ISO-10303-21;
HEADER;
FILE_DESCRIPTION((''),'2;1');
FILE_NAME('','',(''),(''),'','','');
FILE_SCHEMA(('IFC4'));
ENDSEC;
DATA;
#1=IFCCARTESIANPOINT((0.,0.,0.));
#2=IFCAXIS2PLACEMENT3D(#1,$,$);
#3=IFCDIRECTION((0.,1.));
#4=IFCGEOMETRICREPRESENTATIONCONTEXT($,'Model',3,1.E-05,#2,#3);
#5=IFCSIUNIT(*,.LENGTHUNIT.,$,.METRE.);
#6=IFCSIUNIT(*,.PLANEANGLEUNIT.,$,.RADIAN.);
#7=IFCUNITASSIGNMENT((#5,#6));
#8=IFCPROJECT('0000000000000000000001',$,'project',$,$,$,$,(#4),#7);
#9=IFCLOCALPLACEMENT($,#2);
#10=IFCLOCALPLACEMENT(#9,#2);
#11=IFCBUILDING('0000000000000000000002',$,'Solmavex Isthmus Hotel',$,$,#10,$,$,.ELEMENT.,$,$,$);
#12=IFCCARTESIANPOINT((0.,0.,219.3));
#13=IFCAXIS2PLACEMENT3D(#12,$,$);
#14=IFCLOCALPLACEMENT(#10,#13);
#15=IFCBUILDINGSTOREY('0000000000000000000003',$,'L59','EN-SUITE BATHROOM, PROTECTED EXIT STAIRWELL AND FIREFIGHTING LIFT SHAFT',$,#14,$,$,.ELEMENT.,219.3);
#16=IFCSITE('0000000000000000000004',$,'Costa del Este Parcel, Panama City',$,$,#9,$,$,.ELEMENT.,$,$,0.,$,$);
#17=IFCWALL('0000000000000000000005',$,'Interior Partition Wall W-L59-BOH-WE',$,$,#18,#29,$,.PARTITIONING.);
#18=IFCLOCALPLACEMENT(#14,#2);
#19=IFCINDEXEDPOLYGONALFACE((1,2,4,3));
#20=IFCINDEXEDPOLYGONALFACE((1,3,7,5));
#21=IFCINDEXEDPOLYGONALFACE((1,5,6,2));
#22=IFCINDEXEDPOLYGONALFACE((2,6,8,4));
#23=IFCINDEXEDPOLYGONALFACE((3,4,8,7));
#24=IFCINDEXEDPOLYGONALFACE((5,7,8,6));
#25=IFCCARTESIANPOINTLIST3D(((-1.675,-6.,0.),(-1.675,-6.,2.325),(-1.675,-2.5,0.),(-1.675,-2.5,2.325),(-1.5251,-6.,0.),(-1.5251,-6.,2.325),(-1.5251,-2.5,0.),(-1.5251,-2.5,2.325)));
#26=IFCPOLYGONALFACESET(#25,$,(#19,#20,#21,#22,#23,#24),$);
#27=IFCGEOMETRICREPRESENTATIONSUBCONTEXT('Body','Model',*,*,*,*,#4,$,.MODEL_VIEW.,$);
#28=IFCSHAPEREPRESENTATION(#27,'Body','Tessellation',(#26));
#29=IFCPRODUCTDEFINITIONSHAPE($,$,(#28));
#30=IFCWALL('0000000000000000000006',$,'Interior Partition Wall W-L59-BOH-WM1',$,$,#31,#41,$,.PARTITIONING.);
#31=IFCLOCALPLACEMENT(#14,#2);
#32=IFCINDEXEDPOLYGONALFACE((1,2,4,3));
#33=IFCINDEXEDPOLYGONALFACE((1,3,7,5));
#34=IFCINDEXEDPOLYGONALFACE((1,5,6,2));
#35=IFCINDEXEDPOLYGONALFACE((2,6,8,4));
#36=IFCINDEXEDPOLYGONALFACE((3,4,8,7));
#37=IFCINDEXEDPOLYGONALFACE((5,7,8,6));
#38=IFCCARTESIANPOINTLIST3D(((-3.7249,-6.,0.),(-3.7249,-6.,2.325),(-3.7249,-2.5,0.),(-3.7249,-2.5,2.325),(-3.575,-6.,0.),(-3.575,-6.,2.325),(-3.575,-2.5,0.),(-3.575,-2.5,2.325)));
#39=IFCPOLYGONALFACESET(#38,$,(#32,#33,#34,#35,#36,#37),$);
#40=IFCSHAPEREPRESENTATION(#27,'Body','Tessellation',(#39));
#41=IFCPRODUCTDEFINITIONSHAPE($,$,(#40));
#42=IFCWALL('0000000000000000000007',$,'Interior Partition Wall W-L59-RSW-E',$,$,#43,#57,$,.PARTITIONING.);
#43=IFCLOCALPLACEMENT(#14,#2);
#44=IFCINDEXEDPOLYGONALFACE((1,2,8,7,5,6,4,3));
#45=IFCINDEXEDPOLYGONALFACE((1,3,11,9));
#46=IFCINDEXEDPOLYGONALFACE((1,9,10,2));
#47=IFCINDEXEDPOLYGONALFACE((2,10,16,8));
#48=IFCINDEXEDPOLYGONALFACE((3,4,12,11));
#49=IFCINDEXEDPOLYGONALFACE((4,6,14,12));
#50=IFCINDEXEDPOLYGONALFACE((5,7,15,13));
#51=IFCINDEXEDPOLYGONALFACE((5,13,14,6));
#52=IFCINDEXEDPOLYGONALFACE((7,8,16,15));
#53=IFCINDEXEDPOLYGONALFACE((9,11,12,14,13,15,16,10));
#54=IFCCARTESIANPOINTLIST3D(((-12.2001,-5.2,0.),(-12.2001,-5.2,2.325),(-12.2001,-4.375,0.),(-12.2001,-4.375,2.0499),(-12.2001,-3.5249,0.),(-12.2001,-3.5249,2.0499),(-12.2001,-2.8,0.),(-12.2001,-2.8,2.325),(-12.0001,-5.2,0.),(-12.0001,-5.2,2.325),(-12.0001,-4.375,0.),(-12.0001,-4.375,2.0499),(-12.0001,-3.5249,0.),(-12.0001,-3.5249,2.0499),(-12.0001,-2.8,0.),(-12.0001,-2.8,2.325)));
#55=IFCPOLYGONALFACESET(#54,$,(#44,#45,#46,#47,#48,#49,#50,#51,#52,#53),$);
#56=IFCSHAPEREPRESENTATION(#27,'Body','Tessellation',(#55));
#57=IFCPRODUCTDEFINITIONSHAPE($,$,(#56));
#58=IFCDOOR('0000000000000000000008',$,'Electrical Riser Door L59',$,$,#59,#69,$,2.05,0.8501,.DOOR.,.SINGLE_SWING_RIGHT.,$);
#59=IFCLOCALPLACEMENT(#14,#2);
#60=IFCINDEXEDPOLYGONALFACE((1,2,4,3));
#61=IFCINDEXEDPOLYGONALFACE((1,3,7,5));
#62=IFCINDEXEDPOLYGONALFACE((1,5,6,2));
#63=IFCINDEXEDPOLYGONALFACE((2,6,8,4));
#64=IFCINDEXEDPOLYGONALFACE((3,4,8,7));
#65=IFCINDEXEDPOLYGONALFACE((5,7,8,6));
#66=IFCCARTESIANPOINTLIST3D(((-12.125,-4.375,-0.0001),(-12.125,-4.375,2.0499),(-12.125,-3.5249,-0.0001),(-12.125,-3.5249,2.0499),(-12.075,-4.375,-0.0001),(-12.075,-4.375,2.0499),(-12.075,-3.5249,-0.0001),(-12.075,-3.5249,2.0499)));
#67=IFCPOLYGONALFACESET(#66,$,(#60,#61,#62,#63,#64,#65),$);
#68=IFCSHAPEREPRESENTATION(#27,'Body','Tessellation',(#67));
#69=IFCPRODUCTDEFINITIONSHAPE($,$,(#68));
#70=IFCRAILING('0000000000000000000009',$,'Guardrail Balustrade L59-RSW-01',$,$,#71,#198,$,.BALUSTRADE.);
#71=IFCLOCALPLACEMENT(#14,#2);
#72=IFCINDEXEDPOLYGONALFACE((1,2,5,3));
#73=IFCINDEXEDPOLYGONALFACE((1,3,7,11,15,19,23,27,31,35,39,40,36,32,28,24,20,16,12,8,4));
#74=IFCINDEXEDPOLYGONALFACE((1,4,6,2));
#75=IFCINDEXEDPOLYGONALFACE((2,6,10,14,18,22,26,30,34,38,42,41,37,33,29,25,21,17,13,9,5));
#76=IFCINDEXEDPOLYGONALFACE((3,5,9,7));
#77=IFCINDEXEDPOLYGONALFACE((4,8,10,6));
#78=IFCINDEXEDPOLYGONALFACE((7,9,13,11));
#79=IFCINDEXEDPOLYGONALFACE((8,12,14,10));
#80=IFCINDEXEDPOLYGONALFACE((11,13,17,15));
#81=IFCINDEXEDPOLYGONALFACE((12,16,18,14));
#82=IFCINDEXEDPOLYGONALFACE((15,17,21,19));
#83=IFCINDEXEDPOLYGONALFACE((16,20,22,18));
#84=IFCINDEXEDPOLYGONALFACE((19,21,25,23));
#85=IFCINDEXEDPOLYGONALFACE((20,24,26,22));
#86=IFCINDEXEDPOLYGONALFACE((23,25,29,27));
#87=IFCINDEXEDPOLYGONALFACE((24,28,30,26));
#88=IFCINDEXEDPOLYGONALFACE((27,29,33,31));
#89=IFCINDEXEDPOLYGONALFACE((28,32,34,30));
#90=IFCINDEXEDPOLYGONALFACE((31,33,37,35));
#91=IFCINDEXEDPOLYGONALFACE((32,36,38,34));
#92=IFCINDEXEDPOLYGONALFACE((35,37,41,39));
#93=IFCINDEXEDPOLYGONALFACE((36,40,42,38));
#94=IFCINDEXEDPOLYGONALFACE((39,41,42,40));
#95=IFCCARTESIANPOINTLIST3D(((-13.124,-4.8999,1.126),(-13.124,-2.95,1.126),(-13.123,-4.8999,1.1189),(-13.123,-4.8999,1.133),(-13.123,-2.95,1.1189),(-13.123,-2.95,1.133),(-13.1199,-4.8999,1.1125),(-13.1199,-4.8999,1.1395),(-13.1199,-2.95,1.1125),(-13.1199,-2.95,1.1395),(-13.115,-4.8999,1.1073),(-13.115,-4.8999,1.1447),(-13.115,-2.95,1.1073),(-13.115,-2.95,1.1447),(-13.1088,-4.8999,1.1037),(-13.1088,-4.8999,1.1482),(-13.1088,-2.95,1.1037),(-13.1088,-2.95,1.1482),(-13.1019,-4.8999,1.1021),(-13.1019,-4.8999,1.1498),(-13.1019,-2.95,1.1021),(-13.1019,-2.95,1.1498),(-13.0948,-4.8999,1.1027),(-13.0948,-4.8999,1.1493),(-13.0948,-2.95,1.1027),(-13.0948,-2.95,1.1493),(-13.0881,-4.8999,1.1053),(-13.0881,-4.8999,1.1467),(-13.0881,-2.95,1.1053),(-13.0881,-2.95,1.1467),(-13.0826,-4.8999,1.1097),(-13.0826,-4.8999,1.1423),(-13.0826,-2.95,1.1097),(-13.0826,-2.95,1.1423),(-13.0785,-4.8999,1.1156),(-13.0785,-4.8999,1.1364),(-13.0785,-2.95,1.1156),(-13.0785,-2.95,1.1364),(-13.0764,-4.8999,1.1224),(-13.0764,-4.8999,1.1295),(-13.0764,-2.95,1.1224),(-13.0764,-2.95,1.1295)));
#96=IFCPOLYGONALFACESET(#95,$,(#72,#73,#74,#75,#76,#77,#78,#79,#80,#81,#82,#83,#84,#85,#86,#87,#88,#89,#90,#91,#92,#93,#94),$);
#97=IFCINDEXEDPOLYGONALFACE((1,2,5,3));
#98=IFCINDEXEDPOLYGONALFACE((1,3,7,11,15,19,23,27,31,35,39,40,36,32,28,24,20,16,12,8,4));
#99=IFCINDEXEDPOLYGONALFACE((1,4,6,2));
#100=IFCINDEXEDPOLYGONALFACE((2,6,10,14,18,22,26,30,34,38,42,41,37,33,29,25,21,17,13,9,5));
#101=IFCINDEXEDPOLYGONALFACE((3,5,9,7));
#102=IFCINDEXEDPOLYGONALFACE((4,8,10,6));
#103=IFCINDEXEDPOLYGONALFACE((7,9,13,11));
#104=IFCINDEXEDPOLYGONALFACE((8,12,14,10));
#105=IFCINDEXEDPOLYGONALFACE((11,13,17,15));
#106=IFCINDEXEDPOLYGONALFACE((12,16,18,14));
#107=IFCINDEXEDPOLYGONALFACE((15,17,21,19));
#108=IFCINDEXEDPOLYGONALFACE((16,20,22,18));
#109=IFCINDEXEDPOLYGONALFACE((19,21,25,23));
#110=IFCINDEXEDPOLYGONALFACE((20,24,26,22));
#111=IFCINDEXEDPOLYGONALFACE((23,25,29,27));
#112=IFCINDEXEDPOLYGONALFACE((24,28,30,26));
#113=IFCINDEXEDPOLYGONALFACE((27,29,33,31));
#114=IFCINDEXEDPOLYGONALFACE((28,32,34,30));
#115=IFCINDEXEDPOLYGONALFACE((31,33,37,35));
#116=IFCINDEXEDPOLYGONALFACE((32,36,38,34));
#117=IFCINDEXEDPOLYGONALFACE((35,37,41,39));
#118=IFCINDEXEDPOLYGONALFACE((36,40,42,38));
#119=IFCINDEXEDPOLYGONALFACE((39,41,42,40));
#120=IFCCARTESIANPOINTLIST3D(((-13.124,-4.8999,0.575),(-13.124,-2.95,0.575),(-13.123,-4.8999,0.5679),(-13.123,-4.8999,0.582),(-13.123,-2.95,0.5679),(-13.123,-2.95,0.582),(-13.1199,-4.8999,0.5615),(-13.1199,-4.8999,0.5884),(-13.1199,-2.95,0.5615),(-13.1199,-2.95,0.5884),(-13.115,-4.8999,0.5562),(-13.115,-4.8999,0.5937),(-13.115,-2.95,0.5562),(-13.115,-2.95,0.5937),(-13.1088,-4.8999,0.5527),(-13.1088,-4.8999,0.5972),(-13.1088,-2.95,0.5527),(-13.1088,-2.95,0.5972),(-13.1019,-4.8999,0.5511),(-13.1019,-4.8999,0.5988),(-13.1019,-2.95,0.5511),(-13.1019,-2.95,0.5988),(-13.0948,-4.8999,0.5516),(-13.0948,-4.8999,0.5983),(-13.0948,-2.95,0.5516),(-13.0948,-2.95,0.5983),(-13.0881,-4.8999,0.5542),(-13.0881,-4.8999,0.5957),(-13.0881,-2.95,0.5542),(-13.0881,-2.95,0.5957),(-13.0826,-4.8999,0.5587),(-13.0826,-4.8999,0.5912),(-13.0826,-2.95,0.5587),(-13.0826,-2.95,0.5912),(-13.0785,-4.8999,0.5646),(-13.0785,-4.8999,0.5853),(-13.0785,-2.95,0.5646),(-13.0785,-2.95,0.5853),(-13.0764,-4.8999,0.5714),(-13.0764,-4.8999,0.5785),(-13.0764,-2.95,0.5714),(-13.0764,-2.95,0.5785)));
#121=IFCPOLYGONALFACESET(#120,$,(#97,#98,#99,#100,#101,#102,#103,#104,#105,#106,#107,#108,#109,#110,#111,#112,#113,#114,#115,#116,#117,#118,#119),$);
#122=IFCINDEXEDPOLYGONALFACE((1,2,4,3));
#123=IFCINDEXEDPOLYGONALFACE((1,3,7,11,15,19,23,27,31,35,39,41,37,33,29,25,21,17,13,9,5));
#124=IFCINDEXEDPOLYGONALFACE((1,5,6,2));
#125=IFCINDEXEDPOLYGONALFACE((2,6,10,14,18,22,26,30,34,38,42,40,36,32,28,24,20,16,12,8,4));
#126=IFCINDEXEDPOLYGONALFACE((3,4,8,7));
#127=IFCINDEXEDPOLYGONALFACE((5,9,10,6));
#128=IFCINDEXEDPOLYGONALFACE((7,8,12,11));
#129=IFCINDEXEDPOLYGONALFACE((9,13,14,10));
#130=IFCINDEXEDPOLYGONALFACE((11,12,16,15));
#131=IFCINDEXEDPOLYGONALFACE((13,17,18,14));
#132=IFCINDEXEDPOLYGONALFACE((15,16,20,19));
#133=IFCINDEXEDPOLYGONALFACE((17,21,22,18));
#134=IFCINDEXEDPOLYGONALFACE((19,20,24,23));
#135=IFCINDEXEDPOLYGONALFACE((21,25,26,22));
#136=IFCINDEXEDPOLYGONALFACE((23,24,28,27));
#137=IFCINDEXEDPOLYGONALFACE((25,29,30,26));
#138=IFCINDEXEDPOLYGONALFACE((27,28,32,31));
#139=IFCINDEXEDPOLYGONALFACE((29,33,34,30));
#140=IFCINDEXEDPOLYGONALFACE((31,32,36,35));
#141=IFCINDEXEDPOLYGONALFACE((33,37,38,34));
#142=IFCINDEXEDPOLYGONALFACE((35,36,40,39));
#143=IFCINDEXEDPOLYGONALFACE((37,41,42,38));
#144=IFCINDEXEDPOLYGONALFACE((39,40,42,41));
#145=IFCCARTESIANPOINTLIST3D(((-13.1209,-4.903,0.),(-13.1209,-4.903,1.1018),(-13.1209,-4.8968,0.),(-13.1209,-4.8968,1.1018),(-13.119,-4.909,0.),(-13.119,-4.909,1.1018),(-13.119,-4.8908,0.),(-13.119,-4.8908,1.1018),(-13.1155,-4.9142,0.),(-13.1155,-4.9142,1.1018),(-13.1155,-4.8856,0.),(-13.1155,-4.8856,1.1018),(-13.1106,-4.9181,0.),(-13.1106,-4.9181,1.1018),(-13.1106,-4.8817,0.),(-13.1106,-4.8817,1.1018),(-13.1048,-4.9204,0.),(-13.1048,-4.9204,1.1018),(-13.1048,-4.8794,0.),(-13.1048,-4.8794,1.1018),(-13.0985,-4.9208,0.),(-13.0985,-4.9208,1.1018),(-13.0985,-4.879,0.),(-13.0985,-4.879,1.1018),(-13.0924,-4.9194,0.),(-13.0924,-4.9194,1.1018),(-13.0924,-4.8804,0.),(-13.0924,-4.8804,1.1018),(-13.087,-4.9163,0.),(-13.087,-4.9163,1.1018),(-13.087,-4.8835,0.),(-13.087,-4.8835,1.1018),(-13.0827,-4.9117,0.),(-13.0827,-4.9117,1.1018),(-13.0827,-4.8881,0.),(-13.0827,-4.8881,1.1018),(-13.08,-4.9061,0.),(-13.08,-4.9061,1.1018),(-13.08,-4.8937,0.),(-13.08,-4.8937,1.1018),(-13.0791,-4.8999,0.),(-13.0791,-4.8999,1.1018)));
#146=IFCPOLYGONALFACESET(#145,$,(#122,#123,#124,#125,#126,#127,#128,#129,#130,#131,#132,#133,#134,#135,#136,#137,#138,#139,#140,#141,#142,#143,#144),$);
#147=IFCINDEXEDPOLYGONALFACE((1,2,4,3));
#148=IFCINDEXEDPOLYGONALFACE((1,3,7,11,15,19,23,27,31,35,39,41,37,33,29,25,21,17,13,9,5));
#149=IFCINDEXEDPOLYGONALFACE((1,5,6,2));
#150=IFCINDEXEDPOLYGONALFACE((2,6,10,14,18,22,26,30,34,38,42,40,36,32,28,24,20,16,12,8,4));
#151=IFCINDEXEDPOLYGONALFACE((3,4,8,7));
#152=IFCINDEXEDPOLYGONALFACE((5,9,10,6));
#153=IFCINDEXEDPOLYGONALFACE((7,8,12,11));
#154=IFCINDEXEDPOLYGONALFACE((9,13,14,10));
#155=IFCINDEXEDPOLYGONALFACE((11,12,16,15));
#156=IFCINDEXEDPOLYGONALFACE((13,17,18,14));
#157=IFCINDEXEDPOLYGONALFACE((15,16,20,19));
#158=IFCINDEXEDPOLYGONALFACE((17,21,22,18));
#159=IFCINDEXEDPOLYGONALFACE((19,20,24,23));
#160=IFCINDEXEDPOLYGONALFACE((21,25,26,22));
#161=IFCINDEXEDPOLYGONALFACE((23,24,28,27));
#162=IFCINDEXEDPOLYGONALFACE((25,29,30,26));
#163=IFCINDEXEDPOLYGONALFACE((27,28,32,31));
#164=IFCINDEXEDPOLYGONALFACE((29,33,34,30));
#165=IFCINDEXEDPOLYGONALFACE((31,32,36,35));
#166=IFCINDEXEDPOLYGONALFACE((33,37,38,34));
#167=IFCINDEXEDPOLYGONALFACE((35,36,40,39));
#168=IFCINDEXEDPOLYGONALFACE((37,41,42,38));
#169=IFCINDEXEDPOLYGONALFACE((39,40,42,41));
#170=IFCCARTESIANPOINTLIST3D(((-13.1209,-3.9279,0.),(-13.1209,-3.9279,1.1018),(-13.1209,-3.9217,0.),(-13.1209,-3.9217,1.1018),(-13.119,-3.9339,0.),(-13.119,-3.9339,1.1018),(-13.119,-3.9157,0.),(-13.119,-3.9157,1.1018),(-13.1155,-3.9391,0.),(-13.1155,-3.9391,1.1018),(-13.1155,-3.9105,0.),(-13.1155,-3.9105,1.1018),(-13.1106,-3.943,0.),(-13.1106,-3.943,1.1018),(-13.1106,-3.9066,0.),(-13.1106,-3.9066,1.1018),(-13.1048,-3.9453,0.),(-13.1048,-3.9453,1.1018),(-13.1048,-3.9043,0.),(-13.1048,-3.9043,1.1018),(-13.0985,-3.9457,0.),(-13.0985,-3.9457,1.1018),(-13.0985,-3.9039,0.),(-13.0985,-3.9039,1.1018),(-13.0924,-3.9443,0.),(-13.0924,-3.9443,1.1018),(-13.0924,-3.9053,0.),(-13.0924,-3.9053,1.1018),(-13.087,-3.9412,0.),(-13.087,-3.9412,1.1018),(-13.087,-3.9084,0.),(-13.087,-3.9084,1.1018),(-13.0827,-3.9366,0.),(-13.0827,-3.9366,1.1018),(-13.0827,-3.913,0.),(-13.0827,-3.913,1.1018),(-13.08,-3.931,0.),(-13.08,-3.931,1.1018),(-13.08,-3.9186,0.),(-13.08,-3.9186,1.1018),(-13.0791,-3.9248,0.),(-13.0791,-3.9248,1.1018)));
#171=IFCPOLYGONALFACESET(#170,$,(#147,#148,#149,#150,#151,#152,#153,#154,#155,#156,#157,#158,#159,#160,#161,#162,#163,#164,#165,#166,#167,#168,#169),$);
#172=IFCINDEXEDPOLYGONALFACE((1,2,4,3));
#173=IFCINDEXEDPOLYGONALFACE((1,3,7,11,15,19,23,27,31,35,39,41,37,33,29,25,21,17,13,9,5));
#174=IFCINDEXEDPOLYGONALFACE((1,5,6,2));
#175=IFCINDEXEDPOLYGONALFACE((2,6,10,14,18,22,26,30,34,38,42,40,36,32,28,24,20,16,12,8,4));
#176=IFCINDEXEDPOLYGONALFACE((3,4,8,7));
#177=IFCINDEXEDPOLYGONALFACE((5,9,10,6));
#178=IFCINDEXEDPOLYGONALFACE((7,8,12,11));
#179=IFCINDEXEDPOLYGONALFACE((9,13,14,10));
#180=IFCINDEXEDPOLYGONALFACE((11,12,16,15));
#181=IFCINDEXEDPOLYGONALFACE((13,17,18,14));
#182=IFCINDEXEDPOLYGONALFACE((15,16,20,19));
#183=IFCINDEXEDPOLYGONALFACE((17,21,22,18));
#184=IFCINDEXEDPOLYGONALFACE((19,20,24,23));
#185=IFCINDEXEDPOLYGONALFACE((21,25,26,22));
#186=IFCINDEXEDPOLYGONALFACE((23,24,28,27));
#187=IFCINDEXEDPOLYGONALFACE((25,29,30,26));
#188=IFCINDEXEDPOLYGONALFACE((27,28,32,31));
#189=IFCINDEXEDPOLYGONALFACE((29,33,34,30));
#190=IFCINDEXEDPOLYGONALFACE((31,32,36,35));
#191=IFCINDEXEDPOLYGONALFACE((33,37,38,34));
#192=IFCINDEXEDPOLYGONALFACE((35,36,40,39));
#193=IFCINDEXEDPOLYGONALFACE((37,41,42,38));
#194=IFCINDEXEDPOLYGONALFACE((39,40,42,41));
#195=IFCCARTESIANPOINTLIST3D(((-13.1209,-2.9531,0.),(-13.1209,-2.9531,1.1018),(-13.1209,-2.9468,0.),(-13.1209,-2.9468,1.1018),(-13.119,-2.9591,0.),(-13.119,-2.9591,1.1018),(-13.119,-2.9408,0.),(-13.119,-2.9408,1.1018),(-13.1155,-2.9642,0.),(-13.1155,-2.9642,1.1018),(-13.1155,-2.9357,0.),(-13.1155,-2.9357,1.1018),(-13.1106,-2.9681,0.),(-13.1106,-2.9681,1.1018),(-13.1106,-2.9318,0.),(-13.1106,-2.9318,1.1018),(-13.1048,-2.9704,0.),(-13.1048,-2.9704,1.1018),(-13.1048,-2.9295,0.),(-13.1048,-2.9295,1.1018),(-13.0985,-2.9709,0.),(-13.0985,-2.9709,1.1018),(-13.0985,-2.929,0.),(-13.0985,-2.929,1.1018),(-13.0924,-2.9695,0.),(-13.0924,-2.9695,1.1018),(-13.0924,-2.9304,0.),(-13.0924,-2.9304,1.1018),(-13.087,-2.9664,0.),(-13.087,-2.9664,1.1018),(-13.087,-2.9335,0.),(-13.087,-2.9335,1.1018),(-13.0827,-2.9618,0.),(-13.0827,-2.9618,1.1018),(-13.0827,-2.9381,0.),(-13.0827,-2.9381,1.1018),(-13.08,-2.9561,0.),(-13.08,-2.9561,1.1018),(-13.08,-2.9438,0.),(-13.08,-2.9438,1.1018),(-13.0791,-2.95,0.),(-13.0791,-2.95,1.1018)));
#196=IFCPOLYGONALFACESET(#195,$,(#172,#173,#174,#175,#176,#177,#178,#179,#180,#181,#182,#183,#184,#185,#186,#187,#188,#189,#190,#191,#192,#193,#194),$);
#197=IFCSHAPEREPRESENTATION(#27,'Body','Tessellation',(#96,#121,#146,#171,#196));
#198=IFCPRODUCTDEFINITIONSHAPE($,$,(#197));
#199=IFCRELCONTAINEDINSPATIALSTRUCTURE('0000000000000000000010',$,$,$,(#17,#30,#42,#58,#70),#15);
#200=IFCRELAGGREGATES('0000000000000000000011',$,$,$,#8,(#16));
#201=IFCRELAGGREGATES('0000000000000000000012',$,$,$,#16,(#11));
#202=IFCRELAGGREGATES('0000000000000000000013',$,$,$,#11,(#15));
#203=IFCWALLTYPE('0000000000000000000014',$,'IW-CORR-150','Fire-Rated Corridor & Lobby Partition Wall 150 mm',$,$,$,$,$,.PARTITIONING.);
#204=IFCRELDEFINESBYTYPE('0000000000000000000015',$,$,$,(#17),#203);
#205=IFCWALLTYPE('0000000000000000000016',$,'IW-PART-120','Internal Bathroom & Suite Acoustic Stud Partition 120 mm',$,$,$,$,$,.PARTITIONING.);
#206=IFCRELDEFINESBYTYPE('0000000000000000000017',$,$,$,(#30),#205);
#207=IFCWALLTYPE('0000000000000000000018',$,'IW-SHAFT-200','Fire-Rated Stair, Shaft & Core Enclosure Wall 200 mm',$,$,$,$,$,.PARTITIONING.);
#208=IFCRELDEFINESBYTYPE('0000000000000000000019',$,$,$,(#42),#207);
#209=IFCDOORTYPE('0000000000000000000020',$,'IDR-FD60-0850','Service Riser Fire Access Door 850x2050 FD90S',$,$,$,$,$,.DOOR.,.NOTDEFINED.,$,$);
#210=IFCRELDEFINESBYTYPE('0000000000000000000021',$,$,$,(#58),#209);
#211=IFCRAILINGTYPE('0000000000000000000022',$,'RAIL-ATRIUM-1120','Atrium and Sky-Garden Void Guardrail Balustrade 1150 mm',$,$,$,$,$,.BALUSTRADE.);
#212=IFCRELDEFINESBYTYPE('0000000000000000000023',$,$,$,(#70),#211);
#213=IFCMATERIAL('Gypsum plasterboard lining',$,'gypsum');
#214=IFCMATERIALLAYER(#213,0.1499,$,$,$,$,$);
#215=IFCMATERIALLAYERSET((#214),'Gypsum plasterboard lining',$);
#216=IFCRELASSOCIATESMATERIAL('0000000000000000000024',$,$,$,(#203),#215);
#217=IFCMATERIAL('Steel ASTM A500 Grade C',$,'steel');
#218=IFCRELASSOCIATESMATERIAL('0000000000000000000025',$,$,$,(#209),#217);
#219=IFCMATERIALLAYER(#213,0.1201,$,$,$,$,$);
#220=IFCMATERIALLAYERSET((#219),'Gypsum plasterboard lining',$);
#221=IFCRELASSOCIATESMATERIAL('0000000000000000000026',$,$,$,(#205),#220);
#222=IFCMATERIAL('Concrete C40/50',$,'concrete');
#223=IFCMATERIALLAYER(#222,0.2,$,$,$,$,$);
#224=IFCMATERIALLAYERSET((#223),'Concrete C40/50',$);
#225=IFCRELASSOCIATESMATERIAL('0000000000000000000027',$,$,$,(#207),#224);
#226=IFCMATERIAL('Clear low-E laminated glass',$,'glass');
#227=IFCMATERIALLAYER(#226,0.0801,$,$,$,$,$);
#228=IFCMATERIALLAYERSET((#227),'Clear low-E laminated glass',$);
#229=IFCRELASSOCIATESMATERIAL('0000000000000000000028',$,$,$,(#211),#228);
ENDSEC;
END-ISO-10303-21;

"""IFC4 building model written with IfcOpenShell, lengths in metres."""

from ifc_helpers import new_model, si_unit, direction, frame, frame_2d, origin, origin_2d, place, context, subcontext, project, spatial, rectangle, circle, extrude, material, layer, layer_set, type_object, element, fill, save


model = new_model("IFC4")

# Units and contexts
model_context = context("Model", 3, precision=1e-05, world=origin(), true_north=direction((0.0, 1.0)))
body_context = subcontext(model_context, "Body", "Model", "MODEL_VIEW")
ifc_project = project(units=[si_unit("LENGTHUNIT", "METRE"), si_unit("PLANEANGLEUNIT", "RADIAN")], contexts=[model_context])

# Site, building, storey
site_placement = place(None, origin())
site = spatial("IfcSite", under=ifc_project, at=site_placement, Name="Costa del Este Parcel, Panama City", CompositionType="ELEMENT", RefElevation=0.0)
building_placement = place(site_placement, origin())
building = spatial("IfcBuilding", under=site, at=building_placement, Name="Solmavex Isthmus Hotel", CompositionType="ELEMENT")
storey_placement = place(building_placement, frame((0.0, 0.0, 219.3)))
storey = spatial("IfcBuildingStorey", under=building, at=storey_placement, Name="L59", Description="EN-SUITE BATHROOM, PROTECTED EXIT STAIRWELL AND FIREFIGHTING LIFT SHAFT", CompositionType="ELEMENT", Elevation=219.3)

# Shared definitions
ifc_material_1 = material(Name="Concrete C40/50", Category="concrete")

# Shared definitions
ifc_material_2 = material(Name="Gypsum plasterboard lining", Category="gypsum")

# Shared definitions
ifc_layer_1 = layer(ifc_material_2, 0.1499)
ifc_layer_set_1 = layer_set([ifc_layer_1], Name="Gypsum plasterboard lining")
wall_type_1 = type_object("IfcWallType", Name="IW-CORR-150", Description="Fire-Rated Corridor & Lobby Partition Wall 150 mm", PredefinedType="PARTITIONING", material=ifc_layer_set_1)
ifc_material_3 = material(Name="Steel ASTM A500 Grade C", Category="steel")
door_type_1 = type_object("IfcDoorType", Name="IDR-FD60-0850", Description="Service Riser Fire Access Door 850x2050 FD90S", OperationType="NOTDEFINED", PredefinedType="DOOR", material=ifc_material_3)

# Walls
wall_1_placement = place(storey_placement, frame((-1.6001, -6.0, 0.0), z_axis=(0.0, 0.0, 1.0), x_axis=(0.0, 1.0, 0.0)))
element("IfcWall", 1, at=wall_1_placement, inside=storey, type_object=wall_type_1, Name="Interior Partition Wall W-L59-BOH-WE", PredefinedType="PARTITIONING", context=body_context, shape_type="SweptSolid", body=[
    extrude(rectangle(XDim=3.5, YDim=0.1499, at=frame_2d((1.75, 0.0))), origin(), (0.0, 0.0, 1.0), 2.325),
])
ifc_layer_2 = layer(ifc_material_2, 0.1201)
ifc_layer_set_2 = layer_set([ifc_layer_2], Name="Gypsum plasterboard lining")
wall_type_2 = type_object("IfcWallType", Name="IW-PART-120", Description="Internal Bathroom & Suite Acoustic Stud Partition 120 mm", PredefinedType="PARTITIONING", material=ifc_layer_set_2)
wall_2_placement = place(storey_placement, frame((-3.6499, -6.0, 0.0), z_axis=(0.0, 0.0, 1.0), x_axis=(0.0, 1.0, 0.0)))
element("IfcWall", 2, at=wall_2_placement, inside=storey, type_object=wall_type_2, Name="Interior Partition Wall W-L59-BOH-WM1", PredefinedType="PARTITIONING", context=body_context, shape_type="SweptSolid", body=[
    extrude(rectangle(XDim=3.5, YDim=0.1499, at=frame_2d((1.75, 0.0))), origin(), (0.0, 0.0, 1.0), 2.325),
])

# Wall, opening, door
ifc_layer_3 = layer(ifc_material_1, 0.2)
ifc_layer_set_3 = layer_set([ifc_layer_3], Name="Concrete C40/50")
wall_type_3 = type_object("IfcWallType", Name="IW-SHAFT-200", Description="Fire-Rated Stair, Shaft & Core Enclosure Wall 200 mm", PredefinedType="PARTITIONING", material=ifc_layer_set_3)
wall_3_placement = place(storey_placement, frame((-12.1001, -5.2, 0.0), z_axis=(0.0, 0.0, 1.0), x_axis=(0.0, 1.0, 0.0)))
wall_3 = element("IfcWall", 3, at=wall_3_placement, inside=storey, type_object=wall_type_3, Name="Interior Partition Wall W-L59-RSW-E", PredefinedType="PARTITIONING", context=body_context, shape_type="SweptSolid", body=[
    extrude(rectangle(XDim=2.3999, YDim=0.2, at=frame_2d((1.2, 0.0))), origin(), (0.0, 0.0, 1.0), 2.325),
])
opening_1_placement = place(wall_3_placement, frame((0.825, 0.0, 0.0)))
opening_1 = element("IfcOpeningElement", 4, at=opening_1_placement, cuts=wall_3, PredefinedType="OPENING", context=body_context, shape_type="SweptSolid", body=[
    extrude(rectangle(XDim=0.8501, YDim=2.05, at=frame_2d((0.425, 1.0249))), frame((0.0, 0.1099, 0.0), z_axis=(0.0, -1.0, 0.0), x_axis=(1.0, 0.0, 0.0)), (0.0, 0.0, 1.0), 0.22),
])
door_1_placement = place(opening_1_placement, origin())
door_1 = element("IfcDoor", 5, at=door_1_placement, inside=storey, type_object=door_type_1, Name="Electrical Riser Door L59", OperationType="SINGLE_SWING_RIGHT", OverallHeight=2.05, OverallWidth=0.8501, PredefinedType="DOOR", context=body_context, shape_type="SweptSolid", body=[
    extrude(rectangle(XDim=0.8501, YDim=2.05, at=frame_2d((0.425, 1.0249))), frame((0.0, 0.0249, 0.0), z_axis=(0.0, -1.0, 0.0), x_axis=(1.0, 0.0, 0.0)), (0.0, 0.0, 1.0), 0.05),
])
fill(opening_1, door_1)

# Railing
ifc_material_4 = material(Name="Clear low-E laminated glass", Category="glass")
ifc_layer_4 = layer(ifc_material_4, 0.0801)
ifc_layer_set_4 = layer_set([ifc_layer_4], Name="Clear low-E laminated glass")
railing_type_1 = type_object("IfcRailingType", Name="RAIL-ATRIUM-1120", Description="Atrium and Sky-Garden Void Guardrail Balustrade 1150 mm", PredefinedType="BALUSTRADE", material=ifc_layer_set_4)
railing_1_placement = place(storey_placement, frame((-13.1001, -4.8999, 0.0)))
element("IfcRailing", 6, at=railing_1_placement, inside=storey, type_object=railing_type_1, Name="Guardrail Balustrade L59-RSW-01", PredefinedType="BALUSTRADE", context=body_context, shape_type="SweptSolid", body=[
    extrude(circle(Radius=0.0239, at=origin_2d()), frame((0.0, 0.0, 1.126), z_axis=(0.0, 1.0, 0.0), x_axis=(-1.0, 0.0, 0.0)), (0.0, 0.0, 1.0), 1.95),
    extrude(circle(Radius=0.0239, at=origin_2d()), frame((0.0, 0.0, 0.575), z_axis=(0.0, 1.0, 0.0), x_axis=(-1.0, 0.0, 0.0)), (0.0, 0.0, 1.0), 1.95),
    extrude(circle(Radius=0.021, at=origin_2d()), origin(), (0.0, 0.0, 1.0), 1.1018),
    extrude(circle(Radius=0.021, at=origin_2d()), frame((0.0, 0.9751, 0.0)), (0.0, 0.0, 1.0), 1.1018),
    extrude(circle(Radius=0.021, at=origin_2d()), frame((0.0, 1.95, 0.0)), (0.0, 0.0, 1.0), 1.1018),
])

save(model, "model.ifc")
